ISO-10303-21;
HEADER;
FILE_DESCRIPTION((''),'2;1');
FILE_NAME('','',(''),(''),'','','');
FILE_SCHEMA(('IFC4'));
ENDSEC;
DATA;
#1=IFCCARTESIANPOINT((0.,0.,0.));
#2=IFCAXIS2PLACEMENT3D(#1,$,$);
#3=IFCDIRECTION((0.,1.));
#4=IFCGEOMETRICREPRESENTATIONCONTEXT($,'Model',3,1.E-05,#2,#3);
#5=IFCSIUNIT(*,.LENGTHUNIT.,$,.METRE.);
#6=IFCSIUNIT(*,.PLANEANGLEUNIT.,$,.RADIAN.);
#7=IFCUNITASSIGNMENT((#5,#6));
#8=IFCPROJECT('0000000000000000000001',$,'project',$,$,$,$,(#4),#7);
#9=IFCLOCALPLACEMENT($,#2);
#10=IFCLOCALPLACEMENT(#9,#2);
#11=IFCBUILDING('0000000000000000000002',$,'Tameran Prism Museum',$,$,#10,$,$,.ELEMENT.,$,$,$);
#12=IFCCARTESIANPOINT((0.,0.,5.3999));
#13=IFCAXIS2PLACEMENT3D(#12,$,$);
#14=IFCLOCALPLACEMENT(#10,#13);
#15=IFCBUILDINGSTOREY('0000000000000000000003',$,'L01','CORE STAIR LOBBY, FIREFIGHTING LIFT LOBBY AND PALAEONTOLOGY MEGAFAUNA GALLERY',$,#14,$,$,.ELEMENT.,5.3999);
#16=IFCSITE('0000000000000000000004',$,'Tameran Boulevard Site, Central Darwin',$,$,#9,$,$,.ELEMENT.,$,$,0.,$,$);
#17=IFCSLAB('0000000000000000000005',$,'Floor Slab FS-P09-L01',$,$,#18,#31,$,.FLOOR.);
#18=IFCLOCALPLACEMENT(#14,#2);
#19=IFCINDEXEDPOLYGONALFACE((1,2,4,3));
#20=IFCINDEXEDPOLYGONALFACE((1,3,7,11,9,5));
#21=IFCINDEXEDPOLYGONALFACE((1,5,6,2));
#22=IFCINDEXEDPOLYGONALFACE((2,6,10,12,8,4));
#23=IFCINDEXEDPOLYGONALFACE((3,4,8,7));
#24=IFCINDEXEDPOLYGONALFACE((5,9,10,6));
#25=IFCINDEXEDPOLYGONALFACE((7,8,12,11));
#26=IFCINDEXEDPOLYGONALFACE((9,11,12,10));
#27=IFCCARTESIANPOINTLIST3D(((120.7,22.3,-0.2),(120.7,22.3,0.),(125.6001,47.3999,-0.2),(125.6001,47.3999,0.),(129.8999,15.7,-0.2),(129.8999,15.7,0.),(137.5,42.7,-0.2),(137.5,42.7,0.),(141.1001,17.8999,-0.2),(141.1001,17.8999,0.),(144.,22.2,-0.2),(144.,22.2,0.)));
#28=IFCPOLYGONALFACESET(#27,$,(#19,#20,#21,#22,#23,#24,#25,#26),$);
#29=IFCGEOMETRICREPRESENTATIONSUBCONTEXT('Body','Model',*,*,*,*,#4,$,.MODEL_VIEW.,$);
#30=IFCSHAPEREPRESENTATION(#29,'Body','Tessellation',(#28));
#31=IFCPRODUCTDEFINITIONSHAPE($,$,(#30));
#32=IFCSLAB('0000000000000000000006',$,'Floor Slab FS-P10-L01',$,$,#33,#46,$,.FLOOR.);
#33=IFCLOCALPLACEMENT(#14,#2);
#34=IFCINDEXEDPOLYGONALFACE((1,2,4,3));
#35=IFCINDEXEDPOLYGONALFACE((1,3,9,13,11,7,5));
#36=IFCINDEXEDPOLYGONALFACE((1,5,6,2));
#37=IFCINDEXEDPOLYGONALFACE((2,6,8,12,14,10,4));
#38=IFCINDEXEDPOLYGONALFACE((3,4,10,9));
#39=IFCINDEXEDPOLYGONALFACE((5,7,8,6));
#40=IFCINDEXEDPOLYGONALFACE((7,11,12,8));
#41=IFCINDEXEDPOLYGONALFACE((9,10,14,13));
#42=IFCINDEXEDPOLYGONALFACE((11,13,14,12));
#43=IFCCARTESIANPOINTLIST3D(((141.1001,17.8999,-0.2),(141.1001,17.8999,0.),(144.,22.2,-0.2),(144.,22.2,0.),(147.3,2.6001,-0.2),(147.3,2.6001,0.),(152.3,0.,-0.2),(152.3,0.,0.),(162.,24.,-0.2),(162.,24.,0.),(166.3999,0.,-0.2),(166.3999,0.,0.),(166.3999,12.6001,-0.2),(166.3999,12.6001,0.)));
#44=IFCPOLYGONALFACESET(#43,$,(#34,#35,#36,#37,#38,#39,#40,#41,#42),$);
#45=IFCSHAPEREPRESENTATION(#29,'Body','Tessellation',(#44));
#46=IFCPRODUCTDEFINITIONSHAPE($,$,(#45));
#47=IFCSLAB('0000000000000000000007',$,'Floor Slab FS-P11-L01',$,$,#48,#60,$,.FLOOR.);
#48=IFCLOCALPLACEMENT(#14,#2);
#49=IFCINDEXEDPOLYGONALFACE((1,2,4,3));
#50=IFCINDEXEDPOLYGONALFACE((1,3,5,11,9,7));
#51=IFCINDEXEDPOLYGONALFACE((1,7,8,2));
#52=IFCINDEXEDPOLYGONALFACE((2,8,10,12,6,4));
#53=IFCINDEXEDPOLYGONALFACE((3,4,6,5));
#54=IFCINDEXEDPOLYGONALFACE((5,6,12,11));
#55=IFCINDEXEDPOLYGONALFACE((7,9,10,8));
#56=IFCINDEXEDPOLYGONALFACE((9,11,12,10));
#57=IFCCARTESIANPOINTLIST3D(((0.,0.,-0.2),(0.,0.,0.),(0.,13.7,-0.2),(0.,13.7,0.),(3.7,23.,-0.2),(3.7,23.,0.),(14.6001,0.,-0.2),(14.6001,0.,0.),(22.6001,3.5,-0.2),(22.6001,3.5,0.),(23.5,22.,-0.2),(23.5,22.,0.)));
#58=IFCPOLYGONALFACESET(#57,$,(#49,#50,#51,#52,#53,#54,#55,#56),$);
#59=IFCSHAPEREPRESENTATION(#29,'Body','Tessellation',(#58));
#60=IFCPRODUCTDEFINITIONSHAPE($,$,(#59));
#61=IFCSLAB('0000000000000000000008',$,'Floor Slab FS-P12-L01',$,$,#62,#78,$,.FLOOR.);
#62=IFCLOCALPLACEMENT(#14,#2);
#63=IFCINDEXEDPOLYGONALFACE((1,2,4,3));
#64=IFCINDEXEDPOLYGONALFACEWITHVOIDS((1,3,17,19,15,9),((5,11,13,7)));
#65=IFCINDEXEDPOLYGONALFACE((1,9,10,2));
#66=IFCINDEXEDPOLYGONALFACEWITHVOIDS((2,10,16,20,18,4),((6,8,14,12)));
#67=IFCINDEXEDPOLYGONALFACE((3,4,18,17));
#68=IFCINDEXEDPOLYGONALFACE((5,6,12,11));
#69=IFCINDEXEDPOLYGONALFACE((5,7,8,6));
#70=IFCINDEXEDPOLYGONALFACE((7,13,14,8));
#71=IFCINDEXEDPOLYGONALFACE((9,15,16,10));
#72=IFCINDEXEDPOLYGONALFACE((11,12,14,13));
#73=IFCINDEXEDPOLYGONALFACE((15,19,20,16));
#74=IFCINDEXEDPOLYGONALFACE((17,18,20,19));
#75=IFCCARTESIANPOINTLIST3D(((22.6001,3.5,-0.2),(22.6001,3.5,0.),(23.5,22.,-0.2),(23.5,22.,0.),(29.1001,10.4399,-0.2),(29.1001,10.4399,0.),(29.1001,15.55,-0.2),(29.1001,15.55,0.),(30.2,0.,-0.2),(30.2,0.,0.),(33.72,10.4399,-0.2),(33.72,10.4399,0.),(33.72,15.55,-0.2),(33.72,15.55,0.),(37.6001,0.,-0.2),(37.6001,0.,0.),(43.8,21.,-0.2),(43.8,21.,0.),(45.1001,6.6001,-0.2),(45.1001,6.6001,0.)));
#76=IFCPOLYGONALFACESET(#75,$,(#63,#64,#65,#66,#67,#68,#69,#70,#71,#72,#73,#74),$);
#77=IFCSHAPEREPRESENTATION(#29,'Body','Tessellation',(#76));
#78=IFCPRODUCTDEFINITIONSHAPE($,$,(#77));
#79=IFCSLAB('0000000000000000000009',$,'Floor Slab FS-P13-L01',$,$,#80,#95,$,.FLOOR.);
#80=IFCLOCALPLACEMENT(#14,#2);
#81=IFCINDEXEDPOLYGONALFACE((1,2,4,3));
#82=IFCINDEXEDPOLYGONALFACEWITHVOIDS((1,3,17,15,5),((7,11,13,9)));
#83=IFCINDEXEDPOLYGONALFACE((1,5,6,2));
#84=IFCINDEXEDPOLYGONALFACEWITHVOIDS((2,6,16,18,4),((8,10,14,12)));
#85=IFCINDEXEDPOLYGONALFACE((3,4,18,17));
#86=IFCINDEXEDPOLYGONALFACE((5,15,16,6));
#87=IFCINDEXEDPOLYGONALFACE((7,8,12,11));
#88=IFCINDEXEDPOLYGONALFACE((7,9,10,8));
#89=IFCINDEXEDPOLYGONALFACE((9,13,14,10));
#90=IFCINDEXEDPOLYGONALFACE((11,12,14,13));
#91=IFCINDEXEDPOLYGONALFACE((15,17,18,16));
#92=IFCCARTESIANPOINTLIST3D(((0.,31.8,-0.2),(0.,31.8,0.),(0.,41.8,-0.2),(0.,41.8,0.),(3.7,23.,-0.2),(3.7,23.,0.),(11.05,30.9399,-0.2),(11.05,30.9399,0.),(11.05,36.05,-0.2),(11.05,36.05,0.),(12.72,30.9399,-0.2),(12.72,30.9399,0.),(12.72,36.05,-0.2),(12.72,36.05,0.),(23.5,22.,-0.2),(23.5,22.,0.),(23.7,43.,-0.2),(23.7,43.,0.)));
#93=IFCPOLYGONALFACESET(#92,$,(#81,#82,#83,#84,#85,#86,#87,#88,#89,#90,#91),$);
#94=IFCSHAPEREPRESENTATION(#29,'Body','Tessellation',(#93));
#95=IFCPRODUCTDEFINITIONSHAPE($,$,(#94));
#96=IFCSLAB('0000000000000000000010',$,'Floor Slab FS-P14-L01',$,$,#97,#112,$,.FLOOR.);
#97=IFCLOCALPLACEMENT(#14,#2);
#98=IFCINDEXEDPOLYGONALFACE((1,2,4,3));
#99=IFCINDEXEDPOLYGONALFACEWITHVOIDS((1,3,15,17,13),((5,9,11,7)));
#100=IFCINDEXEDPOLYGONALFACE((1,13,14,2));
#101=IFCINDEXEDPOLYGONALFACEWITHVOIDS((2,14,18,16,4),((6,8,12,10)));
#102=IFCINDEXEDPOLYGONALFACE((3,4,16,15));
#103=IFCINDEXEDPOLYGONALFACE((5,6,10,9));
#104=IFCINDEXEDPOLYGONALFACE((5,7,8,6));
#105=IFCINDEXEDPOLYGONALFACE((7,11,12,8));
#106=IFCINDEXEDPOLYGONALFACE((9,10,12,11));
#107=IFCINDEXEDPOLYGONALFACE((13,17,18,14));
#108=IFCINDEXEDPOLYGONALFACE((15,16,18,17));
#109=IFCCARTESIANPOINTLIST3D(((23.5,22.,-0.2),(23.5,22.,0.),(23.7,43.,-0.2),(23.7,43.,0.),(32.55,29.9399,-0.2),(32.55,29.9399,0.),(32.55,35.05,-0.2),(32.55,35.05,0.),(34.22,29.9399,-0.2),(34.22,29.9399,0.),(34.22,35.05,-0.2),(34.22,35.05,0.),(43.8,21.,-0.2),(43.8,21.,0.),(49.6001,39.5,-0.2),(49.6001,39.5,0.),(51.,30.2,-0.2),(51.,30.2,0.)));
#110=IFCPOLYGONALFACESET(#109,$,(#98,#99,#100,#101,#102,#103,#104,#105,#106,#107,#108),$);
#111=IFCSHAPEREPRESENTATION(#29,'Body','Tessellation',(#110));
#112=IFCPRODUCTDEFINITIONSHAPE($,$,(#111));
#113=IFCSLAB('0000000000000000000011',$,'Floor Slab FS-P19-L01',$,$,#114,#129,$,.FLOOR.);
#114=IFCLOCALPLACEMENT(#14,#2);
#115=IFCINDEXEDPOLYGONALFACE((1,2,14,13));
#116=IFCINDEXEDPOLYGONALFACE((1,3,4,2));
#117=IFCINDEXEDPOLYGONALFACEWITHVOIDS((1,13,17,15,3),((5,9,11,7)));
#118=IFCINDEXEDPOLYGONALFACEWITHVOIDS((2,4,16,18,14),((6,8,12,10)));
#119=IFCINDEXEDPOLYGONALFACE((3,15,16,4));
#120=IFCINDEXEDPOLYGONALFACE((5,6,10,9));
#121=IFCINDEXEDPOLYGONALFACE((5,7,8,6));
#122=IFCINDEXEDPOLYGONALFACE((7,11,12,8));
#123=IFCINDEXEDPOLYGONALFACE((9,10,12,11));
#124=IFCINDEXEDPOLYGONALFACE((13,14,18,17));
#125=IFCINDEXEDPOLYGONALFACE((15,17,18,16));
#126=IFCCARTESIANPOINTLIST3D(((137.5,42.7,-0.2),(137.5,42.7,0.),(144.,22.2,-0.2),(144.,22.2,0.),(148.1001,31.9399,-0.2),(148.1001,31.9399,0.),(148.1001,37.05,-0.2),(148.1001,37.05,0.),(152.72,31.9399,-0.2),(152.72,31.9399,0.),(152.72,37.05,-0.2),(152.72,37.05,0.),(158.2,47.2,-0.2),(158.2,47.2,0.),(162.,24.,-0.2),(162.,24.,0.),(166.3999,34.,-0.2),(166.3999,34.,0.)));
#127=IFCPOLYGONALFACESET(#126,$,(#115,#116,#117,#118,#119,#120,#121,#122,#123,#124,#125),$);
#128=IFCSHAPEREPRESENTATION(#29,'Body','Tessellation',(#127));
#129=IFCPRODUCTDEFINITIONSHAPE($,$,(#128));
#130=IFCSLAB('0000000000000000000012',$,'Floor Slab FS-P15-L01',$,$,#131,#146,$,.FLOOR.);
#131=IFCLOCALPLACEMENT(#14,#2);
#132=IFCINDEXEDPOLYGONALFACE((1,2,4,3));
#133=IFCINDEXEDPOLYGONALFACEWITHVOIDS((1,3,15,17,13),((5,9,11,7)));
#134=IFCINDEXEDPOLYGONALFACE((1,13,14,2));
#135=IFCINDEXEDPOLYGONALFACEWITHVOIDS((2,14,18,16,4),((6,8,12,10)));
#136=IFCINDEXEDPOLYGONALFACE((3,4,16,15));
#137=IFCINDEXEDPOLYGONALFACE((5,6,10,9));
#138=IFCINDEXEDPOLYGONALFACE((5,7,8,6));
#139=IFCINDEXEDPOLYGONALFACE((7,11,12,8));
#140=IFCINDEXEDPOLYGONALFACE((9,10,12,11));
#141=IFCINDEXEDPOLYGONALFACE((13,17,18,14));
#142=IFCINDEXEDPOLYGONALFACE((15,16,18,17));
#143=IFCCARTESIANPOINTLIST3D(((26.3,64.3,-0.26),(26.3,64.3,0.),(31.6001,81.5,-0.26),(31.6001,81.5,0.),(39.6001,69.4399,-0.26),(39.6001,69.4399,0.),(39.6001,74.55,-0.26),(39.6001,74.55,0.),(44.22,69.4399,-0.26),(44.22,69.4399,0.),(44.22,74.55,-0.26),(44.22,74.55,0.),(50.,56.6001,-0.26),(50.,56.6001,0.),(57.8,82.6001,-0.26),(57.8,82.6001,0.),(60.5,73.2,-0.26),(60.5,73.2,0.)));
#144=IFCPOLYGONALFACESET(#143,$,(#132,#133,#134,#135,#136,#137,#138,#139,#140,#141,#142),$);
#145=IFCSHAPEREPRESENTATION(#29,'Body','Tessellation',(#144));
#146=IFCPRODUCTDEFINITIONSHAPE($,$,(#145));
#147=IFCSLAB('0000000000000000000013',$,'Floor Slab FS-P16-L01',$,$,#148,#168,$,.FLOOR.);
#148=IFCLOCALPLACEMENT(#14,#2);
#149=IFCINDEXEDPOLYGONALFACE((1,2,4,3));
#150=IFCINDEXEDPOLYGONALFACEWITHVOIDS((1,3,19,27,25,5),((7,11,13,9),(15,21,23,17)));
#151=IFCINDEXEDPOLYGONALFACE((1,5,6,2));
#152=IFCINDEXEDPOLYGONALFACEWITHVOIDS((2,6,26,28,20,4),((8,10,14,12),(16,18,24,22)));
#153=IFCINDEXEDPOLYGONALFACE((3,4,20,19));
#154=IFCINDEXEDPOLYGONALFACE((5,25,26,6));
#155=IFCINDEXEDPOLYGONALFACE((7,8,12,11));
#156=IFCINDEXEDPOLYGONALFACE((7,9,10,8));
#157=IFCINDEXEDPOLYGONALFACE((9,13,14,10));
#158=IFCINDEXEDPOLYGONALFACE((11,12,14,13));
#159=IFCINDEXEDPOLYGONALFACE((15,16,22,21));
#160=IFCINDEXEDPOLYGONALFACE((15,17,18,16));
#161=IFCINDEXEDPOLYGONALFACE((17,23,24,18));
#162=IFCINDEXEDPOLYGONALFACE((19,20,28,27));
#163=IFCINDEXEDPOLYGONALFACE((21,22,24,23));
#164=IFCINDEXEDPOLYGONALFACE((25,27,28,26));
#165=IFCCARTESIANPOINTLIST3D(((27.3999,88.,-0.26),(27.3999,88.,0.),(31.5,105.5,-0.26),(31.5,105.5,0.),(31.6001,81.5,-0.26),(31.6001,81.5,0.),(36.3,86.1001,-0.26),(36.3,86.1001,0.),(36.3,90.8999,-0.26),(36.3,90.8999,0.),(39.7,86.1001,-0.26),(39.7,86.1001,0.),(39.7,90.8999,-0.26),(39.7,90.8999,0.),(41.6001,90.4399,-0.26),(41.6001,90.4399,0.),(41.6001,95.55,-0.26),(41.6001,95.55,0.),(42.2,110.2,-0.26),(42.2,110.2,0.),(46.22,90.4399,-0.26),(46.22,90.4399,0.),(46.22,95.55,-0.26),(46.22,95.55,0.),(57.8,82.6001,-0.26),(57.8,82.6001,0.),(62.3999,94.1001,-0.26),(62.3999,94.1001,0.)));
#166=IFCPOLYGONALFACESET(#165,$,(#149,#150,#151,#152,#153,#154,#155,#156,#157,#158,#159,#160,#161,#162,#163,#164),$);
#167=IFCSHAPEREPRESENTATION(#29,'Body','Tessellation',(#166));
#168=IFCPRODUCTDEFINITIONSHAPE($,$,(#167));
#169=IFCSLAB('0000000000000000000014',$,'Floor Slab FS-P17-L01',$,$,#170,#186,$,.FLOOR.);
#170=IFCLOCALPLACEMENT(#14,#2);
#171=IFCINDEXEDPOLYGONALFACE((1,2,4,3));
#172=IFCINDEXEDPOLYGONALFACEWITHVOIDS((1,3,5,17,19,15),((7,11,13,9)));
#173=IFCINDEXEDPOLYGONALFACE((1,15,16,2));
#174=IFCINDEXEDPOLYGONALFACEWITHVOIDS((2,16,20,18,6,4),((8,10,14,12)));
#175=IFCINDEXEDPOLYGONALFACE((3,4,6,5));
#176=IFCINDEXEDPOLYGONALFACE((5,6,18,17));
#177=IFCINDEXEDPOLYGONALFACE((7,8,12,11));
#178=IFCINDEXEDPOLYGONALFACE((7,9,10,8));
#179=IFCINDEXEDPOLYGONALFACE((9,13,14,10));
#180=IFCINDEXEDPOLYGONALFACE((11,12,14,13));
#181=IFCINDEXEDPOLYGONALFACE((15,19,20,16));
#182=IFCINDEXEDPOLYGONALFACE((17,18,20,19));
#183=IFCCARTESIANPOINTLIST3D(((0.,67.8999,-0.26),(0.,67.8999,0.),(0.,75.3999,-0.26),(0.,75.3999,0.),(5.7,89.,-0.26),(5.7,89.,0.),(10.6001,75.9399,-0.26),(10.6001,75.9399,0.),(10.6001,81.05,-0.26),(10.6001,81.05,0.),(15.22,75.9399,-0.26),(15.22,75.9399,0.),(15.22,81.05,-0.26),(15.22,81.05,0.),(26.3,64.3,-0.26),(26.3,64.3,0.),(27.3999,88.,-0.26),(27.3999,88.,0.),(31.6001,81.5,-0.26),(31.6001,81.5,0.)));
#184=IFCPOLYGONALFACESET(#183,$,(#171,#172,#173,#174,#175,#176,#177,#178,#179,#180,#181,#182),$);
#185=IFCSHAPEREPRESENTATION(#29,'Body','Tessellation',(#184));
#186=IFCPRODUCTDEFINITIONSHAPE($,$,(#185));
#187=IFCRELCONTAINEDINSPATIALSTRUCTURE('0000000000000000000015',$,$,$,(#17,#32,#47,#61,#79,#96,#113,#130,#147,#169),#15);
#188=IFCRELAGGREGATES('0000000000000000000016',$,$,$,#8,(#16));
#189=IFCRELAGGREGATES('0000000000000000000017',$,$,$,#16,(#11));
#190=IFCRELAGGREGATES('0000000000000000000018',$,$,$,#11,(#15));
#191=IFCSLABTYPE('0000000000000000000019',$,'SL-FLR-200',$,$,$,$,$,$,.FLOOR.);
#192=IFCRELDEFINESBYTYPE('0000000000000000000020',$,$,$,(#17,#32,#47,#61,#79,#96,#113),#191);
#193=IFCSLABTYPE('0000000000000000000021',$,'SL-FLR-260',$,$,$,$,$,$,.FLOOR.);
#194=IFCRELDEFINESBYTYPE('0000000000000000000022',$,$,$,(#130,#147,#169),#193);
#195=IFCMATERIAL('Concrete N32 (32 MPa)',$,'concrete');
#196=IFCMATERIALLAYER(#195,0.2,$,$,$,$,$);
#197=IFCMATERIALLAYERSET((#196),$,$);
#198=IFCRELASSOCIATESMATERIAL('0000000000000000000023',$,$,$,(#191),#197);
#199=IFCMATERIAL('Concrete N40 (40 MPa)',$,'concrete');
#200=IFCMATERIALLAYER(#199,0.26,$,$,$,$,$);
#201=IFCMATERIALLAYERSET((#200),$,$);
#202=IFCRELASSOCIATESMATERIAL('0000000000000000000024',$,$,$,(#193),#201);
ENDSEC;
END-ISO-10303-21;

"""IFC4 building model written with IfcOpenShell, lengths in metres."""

from ifc_helpers import new_model, si_unit, direction, frame, origin, place, context, subcontext, project, spatial, polyline, outline, extrude, material, layer, layer_set, type_object, element, save


model = new_model("IFC4")

# Units and contexts
model_context = context("Model", 3, precision=1e-05, world=origin(), true_north=direction((0.0, 1.0)))
body_context = subcontext(model_context, "Body", "Model", "MODEL_VIEW")
ifc_project = project(units=[si_unit("LENGTHUNIT", "METRE"), si_unit("PLANEANGLEUNIT", "RADIAN")], contexts=[model_context])

# Site, building, storey
site_placement = place(None, origin())
site = spatial("IfcSite", under=ifc_project, at=site_placement, Name="Tameran Boulevard Site, Central Darwin", CompositionType="ELEMENT", RefElevation=0.0)
building_placement = place(site_placement, origin())
building = spatial("IfcBuilding", under=site, at=building_placement, Name="Tameran Prism Museum", CompositionType="ELEMENT")
storey_placement = place(building_placement, frame((0.0, 0.0, 5.3999)))
storey = spatial("IfcBuildingStorey", under=building, at=storey_placement, Name="L01", Description="CORE STAIR LOBBY, FIREFIGHTING LIFT LOBBY AND PALAEONTOLOGY MEGAFAUNA GALLERY", CompositionType="ELEMENT", Elevation=5.3999)

# Slabs
ifc_material_1 = material(Name="Concrete N32 (32 MPa)", Category="concrete")
ifc_layer_1 = layer(ifc_material_1, 0.2)
ifc_layer_set_1 = layer_set([ifc_layer_1])
slab_type_1 = type_object("IfcSlabType", Name="SL-FLR-200", PredefinedType="FLOOR", material=ifc_layer_set_1)
slab_1_placement = place(storey_placement, frame((0.0, 0.0, -0.2)))
element("IfcSlab", 1, at=slab_1_placement, inside=storey, type_object=slab_type_1, Name="Floor Slab FS-P09-L01", PredefinedType="FLOOR", context=body_context, shape_type="SweptSolid", body=[
    extrude(outline(polyline([(137.5, 42.7), (125.6001, 47.3999), (120.7, 22.3), (129.8999, 15.7), (141.1001, 17.8999), (144.0, 22.2), (137.5, 42.7)])), origin(), (0.0, 0.0, 1.0), 0.2),
])
slab_2_placement = place(storey_placement, frame((0.0, 0.0, -0.2)))
element("IfcSlab", 2, at=slab_2_placement, inside=storey, type_object=slab_type_1, Name="Floor Slab FS-P10-L01", PredefinedType="FLOOR", context=body_context, shape_type="SweptSolid", body=[
    extrude(outline(polyline([(141.1001, 17.8999), (147.3, 2.6001), (152.3, 0.0), (166.3999, 0.0), (166.3999, 12.6001), (162.0, 24.0), (144.0, 22.2), (141.1001, 17.8999)])), origin(), (0.0, 0.0, 1.0), 0.2),
])
slab_3_placement = place(storey_placement, frame((0.0, 0.0, -0.2)))
element("IfcSlab", 3, at=slab_3_placement, inside=storey, type_object=slab_type_1, Name="Floor Slab FS-P11-L01", PredefinedType="FLOOR", context=body_context, shape_type="SweptSolid", body=[
    extrude(outline(polyline([(23.5, 22.0), (3.7, 23.0), (0.0, 13.7), (0.0, 0.0), (14.6001, 0.0), (22.6001, 3.5), (23.5, 22.0)])), origin(), (0.0, 0.0, 1.0), 0.2),
])
slab_4_placement = place(storey_placement, frame((0.0, 0.0, -0.2)))
element("IfcSlab", 4, at=slab_4_placement, inside=storey, type_object=slab_type_1, Name="Floor Slab FS-P12-L01", PredefinedType="FLOOR", context=body_context, shape_type="SweptSolid", body=[
    extrude(outline(polyline([(23.5, 22.0), (43.8, 21.0), (45.1001, 6.6001), (37.6001, 0.0), (30.2, 0.0), (22.6001, 3.5), (23.5, 22.0)]), holes=[polyline([(33.72, 15.55), (29.1001, 15.55), (29.1001, 10.4399), (33.72, 10.4399), (33.72, 15.55)])]), origin(), (0.0, 0.0, 1.0), 0.2),
])
slab_5_placement = place(storey_placement, frame((0.0, 0.0, -0.2)))
element("IfcSlab", 5, at=slab_5_placement, inside=storey, type_object=slab_type_1, Name="Floor Slab FS-P13-L01", PredefinedType="FLOOR", context=body_context, shape_type="SweptSolid", body=[
    extrude(outline(polyline([(23.5, 22.0), (3.7, 23.0), (0.0, 31.8), (0.0, 41.8), (23.7, 43.0), (23.5, 22.0)]), holes=[polyline([(12.72, 36.05), (11.05, 36.05), (11.05, 30.9399), (12.72, 30.9399), (12.72, 36.05)])]), origin(), (0.0, 0.0, 1.0), 0.2),
])
slab_6_placement = place(storey_placement, frame((0.0, 0.0, -0.2)))
element("IfcSlab", 6, at=slab_6_placement, inside=storey, type_object=slab_type_1, Name="Floor Slab FS-P14-L01", PredefinedType="FLOOR", context=body_context, shape_type="SweptSolid", body=[
    extrude(outline(polyline([(23.7, 43.0), (49.6001, 39.5), (51.0, 30.2), (43.8, 21.0), (23.5, 22.0), (23.7, 43.0)]), holes=[polyline([(34.22, 35.05), (32.55, 35.05), (32.55, 29.9399), (34.22, 29.9399), (34.22, 35.05)])]), origin(), (0.0, 0.0, 1.0), 0.2),
])
slab_7_placement = place(storey_placement, frame((0.0, 0.0, -0.2)))
element("IfcSlab", 7, at=slab_7_placement, inside=storey, type_object=slab_type_1, Name="Floor Slab FS-P19-L01", PredefinedType="FLOOR", context=body_context, shape_type="SweptSolid", body=[
    extrude(outline(polyline([(137.5, 42.7), (158.2, 47.2), (166.3999, 34.0), (162.0, 24.0), (144.0, 22.2), (137.5, 42.7)]), holes=[polyline([(152.72, 37.05), (148.1001, 37.05), (148.1001, 31.9399), (152.72, 31.9399), (152.72, 37.05)])]), origin(), (0.0, 0.0, 1.0), 0.2),
])
ifc_material_2 = material(Name="Concrete N40 (40 MPa)", Category="concrete")
ifc_layer_2 = layer(ifc_material_2, 0.26)
ifc_layer_set_2 = layer_set([ifc_layer_2])
slab_type_2 = type_object("IfcSlabType", Name="SL-FLR-260", PredefinedType="FLOOR", material=ifc_layer_set_2)
slab_8_placement = place(storey_placement, frame((0.0, 0.0, -0.26)))
element("IfcSlab", 8, at=slab_8_placement, inside=storey, type_object=slab_type_2, Name="Floor Slab FS-P15-L01", PredefinedType="FLOOR", context=body_context, shape_type="SweptSolid", body=[
    extrude(outline(polyline([(26.3, 64.3), (31.6001, 81.5), (57.8, 82.6001), (60.5, 73.2), (50.0, 56.6001), (26.3, 64.3)]), holes=[polyline([(44.22, 74.55), (39.6001, 74.55), (39.6001, 69.4399), (44.22, 69.4399), (44.22, 74.55)])]), origin(), (0.0, 0.0, 1.0), 0.26),
])
slab_9_placement = place(storey_placement, frame((0.0, 0.0, -0.26)))
element("IfcSlab", 9, at=slab_9_placement, inside=storey, type_object=slab_type_2, Name="Floor Slab FS-P16-L01", PredefinedType="FLOOR", context=body_context, shape_type="SweptSolid", body=[
    extrude(outline(polyline([(27.3999, 88.0), (31.5, 105.5), (42.2, 110.2), (62.3999, 94.1001), (57.8, 82.6001), (31.6001, 81.5), (27.3999, 88.0)]), holes=[polyline([(39.7, 86.1001), (39.7, 90.8999), (36.3, 90.8999), (36.3, 86.1001), (39.7, 86.1001)]), polyline([(46.22, 90.4399), (46.22, 95.55), (41.6001, 95.55), (41.6001, 90.4399), (46.22, 90.4399)])]), origin(), (0.0, 0.0, 1.0), 0.26),
])
slab_10_placement = place(storey_placement, frame((0.0, 0.0, -0.26)))
element("IfcSlab", 10, at=slab_10_placement, inside=storey, type_object=slab_type_2, Name="Floor Slab FS-P17-L01", PredefinedType="FLOOR", context=body_context, shape_type="SweptSolid", body=[
    extrude(outline(polyline([(5.7, 89.0), (27.3999, 88.0), (31.6001, 81.5), (26.3, 64.3), (0.0, 67.8999), (0.0, 75.3999), (5.7, 89.0)]), holes=[polyline([(15.22, 81.05), (10.6001, 81.05), (10.6001, 75.9399), (15.22, 75.9399), (15.22, 81.05)])]), origin(), (0.0, 0.0, 1.0), 0.26),
])

save(model, "model.ifc")
